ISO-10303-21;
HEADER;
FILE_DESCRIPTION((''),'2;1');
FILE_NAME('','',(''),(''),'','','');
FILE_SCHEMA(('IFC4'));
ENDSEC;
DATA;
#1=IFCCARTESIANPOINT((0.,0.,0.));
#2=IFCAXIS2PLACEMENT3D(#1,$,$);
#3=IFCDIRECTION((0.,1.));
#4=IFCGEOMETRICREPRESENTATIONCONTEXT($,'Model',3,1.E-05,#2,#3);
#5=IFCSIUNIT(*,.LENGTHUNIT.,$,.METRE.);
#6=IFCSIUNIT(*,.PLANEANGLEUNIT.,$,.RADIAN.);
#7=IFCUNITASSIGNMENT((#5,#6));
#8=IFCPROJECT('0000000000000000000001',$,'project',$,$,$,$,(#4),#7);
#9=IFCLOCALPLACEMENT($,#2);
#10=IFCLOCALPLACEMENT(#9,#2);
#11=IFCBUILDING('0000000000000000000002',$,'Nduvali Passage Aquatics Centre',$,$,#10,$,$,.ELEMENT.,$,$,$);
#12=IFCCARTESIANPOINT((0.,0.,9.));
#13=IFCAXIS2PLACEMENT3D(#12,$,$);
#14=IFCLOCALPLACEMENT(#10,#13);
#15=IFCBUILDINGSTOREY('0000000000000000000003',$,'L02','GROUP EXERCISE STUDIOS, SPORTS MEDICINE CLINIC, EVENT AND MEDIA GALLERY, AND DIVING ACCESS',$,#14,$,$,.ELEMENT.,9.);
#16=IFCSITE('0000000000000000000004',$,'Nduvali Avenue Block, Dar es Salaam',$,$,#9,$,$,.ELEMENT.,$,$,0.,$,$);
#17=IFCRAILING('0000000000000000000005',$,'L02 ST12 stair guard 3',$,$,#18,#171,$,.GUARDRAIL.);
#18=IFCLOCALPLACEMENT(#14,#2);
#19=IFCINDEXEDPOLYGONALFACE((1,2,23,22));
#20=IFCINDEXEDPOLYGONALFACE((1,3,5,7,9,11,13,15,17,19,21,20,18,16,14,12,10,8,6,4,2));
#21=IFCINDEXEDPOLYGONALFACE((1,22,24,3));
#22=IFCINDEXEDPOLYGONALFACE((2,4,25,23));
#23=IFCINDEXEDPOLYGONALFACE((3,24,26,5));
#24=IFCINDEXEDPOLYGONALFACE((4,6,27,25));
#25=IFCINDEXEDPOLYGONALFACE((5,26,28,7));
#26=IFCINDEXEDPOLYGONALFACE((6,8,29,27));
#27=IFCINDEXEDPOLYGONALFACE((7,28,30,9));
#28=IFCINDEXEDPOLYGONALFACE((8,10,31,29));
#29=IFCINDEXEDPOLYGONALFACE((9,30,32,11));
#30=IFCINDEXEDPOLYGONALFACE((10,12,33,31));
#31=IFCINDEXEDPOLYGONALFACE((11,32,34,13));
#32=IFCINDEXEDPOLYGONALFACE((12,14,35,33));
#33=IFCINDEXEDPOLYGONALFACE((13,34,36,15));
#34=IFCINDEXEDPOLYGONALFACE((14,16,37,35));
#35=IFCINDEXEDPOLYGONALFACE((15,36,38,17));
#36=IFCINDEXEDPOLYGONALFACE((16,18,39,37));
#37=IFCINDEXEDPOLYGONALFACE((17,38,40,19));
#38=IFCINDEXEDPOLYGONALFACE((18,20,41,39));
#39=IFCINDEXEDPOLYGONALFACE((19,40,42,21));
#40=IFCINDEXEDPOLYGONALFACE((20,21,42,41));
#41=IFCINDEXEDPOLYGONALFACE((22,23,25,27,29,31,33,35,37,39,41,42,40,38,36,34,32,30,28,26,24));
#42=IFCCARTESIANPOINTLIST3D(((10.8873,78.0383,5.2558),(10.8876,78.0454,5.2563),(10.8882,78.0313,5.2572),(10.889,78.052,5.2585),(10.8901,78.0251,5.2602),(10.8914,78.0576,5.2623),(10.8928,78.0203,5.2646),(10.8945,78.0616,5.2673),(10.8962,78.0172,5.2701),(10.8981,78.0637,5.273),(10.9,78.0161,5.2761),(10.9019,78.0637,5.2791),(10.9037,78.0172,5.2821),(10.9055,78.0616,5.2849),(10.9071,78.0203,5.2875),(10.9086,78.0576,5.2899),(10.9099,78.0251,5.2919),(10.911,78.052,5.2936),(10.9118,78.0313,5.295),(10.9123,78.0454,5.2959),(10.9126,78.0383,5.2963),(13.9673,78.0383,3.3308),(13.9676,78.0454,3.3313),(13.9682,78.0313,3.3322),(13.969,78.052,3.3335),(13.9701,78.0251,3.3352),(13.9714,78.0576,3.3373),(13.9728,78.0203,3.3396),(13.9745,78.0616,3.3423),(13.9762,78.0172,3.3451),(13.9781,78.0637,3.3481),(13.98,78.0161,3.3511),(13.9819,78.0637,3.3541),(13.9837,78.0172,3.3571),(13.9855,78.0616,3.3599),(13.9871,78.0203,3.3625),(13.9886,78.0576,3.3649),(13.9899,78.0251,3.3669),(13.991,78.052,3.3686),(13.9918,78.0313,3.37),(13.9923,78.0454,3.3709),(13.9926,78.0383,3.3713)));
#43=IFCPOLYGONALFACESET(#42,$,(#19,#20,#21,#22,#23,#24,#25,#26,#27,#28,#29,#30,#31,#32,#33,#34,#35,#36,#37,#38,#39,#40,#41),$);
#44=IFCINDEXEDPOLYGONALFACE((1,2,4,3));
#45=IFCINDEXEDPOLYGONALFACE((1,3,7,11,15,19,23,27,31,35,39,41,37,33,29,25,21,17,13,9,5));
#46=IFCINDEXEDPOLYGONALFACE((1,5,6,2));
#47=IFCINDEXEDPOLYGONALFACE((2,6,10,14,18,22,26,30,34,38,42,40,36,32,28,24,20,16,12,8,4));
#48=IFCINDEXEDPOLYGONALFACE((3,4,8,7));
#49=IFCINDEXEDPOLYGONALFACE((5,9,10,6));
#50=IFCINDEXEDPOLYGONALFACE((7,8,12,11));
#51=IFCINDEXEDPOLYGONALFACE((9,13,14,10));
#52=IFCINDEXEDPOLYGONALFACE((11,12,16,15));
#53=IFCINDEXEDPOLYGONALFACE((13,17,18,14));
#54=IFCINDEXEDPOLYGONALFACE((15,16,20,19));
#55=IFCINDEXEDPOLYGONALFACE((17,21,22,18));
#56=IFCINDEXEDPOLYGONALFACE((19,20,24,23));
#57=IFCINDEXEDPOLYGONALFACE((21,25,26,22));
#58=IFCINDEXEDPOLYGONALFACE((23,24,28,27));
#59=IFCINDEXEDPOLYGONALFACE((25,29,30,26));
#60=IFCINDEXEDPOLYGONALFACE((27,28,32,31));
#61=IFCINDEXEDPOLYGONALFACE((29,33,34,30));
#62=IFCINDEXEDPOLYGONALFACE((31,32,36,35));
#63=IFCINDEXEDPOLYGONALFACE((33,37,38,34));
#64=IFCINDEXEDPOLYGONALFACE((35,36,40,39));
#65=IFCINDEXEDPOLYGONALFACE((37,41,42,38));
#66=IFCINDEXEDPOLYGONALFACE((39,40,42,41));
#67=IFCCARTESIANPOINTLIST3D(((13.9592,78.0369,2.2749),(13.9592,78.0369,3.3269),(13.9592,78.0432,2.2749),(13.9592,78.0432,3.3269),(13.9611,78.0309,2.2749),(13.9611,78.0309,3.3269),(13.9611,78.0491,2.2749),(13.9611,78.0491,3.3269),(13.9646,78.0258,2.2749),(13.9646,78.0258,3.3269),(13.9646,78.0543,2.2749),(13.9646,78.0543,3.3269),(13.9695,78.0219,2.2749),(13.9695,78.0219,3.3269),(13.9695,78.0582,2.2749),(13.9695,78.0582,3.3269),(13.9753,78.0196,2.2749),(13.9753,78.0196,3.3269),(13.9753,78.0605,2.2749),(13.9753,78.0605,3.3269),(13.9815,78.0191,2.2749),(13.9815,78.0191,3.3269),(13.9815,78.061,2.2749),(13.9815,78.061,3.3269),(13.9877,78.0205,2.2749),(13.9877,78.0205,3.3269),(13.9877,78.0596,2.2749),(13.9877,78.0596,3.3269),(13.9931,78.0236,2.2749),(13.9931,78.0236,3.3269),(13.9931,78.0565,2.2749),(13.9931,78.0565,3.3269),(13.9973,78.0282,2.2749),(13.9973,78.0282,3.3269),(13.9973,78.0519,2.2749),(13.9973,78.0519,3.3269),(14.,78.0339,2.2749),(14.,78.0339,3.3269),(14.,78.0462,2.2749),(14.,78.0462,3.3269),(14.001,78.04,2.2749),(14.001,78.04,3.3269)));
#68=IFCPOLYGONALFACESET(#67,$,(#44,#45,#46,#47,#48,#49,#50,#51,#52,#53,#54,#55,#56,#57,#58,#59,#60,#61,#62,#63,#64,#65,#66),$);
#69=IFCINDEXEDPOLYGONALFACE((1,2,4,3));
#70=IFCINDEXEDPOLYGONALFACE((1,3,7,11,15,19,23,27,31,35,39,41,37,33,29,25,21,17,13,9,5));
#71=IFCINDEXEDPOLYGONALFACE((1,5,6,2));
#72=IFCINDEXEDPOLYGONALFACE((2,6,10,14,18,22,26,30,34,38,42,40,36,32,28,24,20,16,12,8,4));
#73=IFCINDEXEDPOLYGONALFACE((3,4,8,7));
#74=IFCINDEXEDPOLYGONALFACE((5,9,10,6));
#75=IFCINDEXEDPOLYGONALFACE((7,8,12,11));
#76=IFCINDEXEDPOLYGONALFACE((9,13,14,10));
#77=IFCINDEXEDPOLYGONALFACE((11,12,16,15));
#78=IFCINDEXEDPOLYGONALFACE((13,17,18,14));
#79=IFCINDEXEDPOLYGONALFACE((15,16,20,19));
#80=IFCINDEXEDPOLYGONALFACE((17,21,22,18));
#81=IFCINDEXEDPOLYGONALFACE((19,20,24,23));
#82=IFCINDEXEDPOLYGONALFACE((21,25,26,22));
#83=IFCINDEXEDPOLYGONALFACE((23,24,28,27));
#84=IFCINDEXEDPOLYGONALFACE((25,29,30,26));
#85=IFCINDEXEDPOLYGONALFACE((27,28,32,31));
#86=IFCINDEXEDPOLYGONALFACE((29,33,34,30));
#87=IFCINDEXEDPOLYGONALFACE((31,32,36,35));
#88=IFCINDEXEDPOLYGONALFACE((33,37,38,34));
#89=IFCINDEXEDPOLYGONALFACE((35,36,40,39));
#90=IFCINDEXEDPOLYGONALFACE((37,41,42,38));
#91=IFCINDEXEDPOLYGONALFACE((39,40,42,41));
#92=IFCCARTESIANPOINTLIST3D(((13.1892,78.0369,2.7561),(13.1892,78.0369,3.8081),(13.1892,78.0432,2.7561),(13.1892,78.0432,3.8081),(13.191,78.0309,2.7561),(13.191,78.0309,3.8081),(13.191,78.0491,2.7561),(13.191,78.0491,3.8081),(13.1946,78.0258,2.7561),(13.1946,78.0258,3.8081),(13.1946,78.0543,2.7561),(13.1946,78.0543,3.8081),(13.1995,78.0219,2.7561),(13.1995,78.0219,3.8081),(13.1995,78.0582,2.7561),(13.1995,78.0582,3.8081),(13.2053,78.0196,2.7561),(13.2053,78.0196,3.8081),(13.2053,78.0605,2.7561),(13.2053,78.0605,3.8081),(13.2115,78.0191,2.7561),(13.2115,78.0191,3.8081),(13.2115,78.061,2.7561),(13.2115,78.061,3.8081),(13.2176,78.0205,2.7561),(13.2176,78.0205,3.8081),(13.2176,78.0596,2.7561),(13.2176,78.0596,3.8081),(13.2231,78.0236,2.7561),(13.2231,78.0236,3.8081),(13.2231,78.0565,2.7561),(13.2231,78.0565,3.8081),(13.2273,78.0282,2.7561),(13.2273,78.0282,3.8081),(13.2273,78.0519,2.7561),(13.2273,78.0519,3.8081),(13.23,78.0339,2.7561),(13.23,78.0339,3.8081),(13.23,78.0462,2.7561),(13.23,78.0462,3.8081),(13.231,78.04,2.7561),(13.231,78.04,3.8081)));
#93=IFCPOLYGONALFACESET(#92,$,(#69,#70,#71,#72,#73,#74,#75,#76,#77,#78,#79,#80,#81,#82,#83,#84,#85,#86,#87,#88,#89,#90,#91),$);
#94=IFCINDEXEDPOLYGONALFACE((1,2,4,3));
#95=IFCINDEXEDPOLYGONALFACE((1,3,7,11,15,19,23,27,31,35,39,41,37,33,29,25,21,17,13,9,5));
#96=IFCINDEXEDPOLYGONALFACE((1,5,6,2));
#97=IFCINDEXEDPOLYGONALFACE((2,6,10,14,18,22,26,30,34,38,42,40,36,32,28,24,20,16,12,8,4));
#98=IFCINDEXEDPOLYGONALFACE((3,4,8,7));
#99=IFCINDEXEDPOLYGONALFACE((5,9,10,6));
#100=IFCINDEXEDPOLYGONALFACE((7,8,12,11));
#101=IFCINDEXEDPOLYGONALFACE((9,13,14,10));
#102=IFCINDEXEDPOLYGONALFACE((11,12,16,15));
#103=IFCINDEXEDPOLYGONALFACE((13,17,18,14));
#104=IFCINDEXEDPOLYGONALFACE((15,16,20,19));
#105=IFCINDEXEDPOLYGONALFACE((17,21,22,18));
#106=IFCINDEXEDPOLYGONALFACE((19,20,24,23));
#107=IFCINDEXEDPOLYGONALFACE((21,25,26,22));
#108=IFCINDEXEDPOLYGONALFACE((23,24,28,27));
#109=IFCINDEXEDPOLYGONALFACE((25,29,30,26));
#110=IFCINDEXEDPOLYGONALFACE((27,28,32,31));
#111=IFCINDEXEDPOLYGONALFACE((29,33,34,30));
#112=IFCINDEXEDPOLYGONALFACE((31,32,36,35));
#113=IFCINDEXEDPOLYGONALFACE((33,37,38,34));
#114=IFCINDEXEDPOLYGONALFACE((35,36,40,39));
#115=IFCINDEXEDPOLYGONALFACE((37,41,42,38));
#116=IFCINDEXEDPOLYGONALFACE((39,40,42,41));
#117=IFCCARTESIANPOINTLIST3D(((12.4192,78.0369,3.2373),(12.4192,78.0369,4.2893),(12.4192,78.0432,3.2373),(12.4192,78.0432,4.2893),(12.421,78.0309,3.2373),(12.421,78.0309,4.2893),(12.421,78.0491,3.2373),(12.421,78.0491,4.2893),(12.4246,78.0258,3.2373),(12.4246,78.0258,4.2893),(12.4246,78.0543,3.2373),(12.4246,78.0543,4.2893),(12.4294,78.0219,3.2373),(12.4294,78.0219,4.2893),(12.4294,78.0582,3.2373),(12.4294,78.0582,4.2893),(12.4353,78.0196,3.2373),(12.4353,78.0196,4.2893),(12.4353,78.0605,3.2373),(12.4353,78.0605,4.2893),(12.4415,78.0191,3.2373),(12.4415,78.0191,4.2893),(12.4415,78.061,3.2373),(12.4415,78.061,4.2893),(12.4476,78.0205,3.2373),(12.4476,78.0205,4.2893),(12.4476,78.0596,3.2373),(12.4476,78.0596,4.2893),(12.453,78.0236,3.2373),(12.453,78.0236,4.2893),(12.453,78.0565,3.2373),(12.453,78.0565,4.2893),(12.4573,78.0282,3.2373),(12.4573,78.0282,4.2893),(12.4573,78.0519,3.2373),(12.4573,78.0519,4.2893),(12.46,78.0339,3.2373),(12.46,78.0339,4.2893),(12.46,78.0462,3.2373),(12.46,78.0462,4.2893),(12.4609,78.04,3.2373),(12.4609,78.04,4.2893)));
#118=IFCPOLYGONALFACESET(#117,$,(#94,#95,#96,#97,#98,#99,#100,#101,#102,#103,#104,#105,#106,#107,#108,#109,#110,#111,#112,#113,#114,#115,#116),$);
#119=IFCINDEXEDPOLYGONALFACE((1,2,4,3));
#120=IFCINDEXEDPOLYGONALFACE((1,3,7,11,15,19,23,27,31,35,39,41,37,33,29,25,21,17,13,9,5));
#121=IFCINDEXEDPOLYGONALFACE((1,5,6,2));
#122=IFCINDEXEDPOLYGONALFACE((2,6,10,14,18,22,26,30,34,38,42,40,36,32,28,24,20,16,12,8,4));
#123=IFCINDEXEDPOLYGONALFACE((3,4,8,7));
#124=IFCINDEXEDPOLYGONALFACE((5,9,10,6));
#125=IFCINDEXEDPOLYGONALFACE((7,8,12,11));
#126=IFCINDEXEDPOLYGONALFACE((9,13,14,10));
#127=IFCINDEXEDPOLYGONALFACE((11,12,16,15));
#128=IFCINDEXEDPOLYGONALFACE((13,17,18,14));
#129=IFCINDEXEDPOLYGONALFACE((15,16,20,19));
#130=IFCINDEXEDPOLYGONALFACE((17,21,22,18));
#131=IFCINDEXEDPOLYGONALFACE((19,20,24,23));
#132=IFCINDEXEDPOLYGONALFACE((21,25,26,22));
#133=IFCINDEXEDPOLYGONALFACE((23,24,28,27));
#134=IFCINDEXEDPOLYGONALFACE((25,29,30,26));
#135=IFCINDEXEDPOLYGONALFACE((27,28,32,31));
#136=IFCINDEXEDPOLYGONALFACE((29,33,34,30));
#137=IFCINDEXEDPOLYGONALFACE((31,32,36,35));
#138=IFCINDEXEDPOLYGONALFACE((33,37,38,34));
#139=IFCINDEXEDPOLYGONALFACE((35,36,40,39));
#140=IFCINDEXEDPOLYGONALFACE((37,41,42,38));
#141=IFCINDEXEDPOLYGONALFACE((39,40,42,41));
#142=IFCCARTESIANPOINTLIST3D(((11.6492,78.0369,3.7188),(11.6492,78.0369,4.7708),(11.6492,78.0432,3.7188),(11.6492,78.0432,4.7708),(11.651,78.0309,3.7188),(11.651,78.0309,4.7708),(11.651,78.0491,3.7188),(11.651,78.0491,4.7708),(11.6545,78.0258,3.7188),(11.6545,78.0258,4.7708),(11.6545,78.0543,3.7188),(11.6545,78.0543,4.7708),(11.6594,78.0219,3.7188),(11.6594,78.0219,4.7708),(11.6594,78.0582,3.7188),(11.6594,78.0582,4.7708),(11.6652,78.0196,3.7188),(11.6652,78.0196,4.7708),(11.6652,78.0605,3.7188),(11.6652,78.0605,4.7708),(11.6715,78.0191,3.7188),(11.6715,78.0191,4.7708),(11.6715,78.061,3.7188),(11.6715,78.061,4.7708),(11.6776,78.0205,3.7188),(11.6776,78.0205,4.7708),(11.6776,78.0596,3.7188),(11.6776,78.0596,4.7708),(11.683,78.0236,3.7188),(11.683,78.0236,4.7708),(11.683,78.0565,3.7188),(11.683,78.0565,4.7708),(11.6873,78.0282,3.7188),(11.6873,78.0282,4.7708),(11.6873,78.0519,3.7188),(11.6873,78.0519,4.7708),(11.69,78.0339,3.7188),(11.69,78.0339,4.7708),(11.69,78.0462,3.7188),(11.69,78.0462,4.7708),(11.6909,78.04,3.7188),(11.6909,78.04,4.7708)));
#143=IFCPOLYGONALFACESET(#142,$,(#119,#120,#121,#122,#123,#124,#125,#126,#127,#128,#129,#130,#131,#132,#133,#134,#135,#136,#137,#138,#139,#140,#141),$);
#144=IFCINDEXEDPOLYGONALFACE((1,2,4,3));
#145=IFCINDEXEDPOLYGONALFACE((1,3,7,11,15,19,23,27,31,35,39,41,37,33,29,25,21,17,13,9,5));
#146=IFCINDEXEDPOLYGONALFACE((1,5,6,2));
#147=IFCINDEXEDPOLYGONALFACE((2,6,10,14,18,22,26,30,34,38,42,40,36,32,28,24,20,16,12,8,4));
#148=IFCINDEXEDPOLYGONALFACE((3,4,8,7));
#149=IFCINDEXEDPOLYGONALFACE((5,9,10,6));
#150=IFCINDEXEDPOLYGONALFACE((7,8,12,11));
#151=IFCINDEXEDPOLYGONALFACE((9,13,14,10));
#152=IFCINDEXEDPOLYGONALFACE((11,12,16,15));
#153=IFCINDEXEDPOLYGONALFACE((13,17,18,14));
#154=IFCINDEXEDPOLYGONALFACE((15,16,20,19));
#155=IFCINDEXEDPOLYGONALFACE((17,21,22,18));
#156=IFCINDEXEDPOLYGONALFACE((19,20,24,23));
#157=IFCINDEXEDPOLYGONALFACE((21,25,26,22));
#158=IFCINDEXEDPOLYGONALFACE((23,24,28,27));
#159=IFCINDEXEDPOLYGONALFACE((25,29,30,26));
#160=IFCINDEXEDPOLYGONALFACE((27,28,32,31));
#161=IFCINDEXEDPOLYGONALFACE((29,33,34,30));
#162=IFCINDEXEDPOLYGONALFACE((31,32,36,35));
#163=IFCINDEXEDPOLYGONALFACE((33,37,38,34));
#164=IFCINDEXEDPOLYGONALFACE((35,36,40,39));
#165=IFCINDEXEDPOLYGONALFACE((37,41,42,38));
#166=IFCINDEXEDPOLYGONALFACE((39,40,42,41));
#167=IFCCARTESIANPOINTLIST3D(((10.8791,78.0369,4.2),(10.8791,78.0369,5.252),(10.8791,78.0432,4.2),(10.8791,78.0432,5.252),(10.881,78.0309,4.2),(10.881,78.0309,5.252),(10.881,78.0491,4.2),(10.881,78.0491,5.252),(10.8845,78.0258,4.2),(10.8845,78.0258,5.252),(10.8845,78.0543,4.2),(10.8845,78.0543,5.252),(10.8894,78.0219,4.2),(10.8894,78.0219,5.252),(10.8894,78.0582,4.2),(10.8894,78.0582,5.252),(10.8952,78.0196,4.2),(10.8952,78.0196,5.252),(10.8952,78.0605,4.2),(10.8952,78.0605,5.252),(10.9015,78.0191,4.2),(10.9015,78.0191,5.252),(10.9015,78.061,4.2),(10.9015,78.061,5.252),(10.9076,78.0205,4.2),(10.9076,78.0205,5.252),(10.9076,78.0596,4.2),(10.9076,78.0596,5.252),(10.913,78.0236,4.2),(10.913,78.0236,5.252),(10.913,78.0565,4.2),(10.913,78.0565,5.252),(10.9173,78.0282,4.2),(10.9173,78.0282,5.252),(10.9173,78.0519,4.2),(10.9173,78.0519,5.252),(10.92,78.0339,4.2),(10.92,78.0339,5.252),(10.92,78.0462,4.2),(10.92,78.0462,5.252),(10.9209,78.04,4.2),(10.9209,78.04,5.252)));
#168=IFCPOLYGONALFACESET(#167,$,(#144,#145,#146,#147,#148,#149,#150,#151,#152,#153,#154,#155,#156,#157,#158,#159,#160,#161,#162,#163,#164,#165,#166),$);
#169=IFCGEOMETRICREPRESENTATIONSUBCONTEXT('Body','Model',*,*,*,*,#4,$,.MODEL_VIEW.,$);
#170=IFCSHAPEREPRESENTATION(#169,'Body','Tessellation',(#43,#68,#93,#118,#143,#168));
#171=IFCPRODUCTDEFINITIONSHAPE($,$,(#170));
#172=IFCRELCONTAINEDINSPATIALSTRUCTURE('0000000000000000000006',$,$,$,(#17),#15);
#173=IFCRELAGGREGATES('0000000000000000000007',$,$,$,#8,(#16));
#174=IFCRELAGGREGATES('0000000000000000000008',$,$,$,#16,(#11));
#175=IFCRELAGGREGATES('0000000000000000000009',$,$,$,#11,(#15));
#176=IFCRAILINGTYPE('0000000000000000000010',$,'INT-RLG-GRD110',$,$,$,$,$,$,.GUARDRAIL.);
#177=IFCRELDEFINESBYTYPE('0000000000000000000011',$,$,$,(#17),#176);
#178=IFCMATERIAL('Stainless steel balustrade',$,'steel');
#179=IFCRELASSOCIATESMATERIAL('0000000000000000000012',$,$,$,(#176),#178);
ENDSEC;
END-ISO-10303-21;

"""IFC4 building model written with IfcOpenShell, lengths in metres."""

from ifc_helpers import new_model, si_unit, direction, frame, origin, origin_2d, place, context, subcontext, project, spatial, circle, extrude, material, type_object, element, save


model = new_model("IFC4")

# Units and contexts
model_context = context("Model", 3, precision=1e-05, world=origin(), true_north=direction((0.0, 1.0)))
body_context = subcontext(model_context, "Body", "Model", "MODEL_VIEW")
ifc_project = project(units=[si_unit("LENGTHUNIT", "METRE"), si_unit("PLANEANGLEUNIT", "RADIAN")], contexts=[model_context])

# Site, building, storey
site_placement = place(None, origin())
site = spatial("IfcSite", under=ifc_project, at=site_placement, Name="Nduvali Avenue Block, Dar es Salaam", CompositionType="ELEMENT", RefElevation=0.0)
building_placement = place(site_placement, origin())
building = spatial("IfcBuilding", under=site, at=building_placement, Name="Nduvali Passage Aquatics Centre", CompositionType="ELEMENT")
storey_placement = place(building_placement, frame((0.0, 0.0, 9.0)))
storey = spatial("IfcBuildingStorey", under=building, at=storey_placement, Name="L02", Description="GROUP EXERCISE STUDIOS, SPORTS MEDICINE CLINIC, EVENT AND MEDIA GALLERY, AND DIVING ACCESS", CompositionType="ELEMENT", Elevation=9.0)

# Railing
ifc_material_1 = material(Name="Stainless steel balustrade", Category="steel")
railing_type_1 = type_object("IfcRailingType", Name="INT-RLG-GRD110", PredefinedType="GUARDRAIL", material=ifc_material_1)
railing_1_placement = place(storey_placement, frame((13.98, 78.04, 2.2749)))
element("IfcRailing", 1, at=railing_1_placement, inside=storey, type_object=railing_type_1, Name="L02 ST12 stair guard 3", PredefinedType="GUARDRAIL", context=body_context, shape_type="SweptSolid", body=[
    extrude(circle(Radius=0.0239, at=origin_2d()), frame((0.0, 0.0, 1.0762), z_axis=(-0.847998, 0.0, 0.529999), x_axis=(0.0, -1.0, 0.0)), (0.0, 0.0, 1.0), 3.6321),
    extrude(circle(Radius=0.021, at=origin_2d()), origin(), (0.0, 0.0, 1.0), 1.052),
    extrude(circle(Radius=0.021, at=origin_2d()), frame((-0.77, 0.0, 0.4812)), (0.0, 0.0, 1.0), 1.052),
    extrude(circle(Radius=0.021, at=origin_2d()), frame((-1.54, 0.0, 0.9624)), (0.0, 0.0, 1.0), 1.052),
    extrude(circle(Radius=0.021, at=origin_2d()), frame((-2.3101, 0.0, 1.4438)), (0.0, 0.0, 1.0), 1.052),
    extrude(circle(Radius=0.021, at=origin_2d()), frame((-3.0801, 0.0, 1.925)), (0.0, 0.0, 1.0), 1.052),
])

save(model, "model.ifc")
